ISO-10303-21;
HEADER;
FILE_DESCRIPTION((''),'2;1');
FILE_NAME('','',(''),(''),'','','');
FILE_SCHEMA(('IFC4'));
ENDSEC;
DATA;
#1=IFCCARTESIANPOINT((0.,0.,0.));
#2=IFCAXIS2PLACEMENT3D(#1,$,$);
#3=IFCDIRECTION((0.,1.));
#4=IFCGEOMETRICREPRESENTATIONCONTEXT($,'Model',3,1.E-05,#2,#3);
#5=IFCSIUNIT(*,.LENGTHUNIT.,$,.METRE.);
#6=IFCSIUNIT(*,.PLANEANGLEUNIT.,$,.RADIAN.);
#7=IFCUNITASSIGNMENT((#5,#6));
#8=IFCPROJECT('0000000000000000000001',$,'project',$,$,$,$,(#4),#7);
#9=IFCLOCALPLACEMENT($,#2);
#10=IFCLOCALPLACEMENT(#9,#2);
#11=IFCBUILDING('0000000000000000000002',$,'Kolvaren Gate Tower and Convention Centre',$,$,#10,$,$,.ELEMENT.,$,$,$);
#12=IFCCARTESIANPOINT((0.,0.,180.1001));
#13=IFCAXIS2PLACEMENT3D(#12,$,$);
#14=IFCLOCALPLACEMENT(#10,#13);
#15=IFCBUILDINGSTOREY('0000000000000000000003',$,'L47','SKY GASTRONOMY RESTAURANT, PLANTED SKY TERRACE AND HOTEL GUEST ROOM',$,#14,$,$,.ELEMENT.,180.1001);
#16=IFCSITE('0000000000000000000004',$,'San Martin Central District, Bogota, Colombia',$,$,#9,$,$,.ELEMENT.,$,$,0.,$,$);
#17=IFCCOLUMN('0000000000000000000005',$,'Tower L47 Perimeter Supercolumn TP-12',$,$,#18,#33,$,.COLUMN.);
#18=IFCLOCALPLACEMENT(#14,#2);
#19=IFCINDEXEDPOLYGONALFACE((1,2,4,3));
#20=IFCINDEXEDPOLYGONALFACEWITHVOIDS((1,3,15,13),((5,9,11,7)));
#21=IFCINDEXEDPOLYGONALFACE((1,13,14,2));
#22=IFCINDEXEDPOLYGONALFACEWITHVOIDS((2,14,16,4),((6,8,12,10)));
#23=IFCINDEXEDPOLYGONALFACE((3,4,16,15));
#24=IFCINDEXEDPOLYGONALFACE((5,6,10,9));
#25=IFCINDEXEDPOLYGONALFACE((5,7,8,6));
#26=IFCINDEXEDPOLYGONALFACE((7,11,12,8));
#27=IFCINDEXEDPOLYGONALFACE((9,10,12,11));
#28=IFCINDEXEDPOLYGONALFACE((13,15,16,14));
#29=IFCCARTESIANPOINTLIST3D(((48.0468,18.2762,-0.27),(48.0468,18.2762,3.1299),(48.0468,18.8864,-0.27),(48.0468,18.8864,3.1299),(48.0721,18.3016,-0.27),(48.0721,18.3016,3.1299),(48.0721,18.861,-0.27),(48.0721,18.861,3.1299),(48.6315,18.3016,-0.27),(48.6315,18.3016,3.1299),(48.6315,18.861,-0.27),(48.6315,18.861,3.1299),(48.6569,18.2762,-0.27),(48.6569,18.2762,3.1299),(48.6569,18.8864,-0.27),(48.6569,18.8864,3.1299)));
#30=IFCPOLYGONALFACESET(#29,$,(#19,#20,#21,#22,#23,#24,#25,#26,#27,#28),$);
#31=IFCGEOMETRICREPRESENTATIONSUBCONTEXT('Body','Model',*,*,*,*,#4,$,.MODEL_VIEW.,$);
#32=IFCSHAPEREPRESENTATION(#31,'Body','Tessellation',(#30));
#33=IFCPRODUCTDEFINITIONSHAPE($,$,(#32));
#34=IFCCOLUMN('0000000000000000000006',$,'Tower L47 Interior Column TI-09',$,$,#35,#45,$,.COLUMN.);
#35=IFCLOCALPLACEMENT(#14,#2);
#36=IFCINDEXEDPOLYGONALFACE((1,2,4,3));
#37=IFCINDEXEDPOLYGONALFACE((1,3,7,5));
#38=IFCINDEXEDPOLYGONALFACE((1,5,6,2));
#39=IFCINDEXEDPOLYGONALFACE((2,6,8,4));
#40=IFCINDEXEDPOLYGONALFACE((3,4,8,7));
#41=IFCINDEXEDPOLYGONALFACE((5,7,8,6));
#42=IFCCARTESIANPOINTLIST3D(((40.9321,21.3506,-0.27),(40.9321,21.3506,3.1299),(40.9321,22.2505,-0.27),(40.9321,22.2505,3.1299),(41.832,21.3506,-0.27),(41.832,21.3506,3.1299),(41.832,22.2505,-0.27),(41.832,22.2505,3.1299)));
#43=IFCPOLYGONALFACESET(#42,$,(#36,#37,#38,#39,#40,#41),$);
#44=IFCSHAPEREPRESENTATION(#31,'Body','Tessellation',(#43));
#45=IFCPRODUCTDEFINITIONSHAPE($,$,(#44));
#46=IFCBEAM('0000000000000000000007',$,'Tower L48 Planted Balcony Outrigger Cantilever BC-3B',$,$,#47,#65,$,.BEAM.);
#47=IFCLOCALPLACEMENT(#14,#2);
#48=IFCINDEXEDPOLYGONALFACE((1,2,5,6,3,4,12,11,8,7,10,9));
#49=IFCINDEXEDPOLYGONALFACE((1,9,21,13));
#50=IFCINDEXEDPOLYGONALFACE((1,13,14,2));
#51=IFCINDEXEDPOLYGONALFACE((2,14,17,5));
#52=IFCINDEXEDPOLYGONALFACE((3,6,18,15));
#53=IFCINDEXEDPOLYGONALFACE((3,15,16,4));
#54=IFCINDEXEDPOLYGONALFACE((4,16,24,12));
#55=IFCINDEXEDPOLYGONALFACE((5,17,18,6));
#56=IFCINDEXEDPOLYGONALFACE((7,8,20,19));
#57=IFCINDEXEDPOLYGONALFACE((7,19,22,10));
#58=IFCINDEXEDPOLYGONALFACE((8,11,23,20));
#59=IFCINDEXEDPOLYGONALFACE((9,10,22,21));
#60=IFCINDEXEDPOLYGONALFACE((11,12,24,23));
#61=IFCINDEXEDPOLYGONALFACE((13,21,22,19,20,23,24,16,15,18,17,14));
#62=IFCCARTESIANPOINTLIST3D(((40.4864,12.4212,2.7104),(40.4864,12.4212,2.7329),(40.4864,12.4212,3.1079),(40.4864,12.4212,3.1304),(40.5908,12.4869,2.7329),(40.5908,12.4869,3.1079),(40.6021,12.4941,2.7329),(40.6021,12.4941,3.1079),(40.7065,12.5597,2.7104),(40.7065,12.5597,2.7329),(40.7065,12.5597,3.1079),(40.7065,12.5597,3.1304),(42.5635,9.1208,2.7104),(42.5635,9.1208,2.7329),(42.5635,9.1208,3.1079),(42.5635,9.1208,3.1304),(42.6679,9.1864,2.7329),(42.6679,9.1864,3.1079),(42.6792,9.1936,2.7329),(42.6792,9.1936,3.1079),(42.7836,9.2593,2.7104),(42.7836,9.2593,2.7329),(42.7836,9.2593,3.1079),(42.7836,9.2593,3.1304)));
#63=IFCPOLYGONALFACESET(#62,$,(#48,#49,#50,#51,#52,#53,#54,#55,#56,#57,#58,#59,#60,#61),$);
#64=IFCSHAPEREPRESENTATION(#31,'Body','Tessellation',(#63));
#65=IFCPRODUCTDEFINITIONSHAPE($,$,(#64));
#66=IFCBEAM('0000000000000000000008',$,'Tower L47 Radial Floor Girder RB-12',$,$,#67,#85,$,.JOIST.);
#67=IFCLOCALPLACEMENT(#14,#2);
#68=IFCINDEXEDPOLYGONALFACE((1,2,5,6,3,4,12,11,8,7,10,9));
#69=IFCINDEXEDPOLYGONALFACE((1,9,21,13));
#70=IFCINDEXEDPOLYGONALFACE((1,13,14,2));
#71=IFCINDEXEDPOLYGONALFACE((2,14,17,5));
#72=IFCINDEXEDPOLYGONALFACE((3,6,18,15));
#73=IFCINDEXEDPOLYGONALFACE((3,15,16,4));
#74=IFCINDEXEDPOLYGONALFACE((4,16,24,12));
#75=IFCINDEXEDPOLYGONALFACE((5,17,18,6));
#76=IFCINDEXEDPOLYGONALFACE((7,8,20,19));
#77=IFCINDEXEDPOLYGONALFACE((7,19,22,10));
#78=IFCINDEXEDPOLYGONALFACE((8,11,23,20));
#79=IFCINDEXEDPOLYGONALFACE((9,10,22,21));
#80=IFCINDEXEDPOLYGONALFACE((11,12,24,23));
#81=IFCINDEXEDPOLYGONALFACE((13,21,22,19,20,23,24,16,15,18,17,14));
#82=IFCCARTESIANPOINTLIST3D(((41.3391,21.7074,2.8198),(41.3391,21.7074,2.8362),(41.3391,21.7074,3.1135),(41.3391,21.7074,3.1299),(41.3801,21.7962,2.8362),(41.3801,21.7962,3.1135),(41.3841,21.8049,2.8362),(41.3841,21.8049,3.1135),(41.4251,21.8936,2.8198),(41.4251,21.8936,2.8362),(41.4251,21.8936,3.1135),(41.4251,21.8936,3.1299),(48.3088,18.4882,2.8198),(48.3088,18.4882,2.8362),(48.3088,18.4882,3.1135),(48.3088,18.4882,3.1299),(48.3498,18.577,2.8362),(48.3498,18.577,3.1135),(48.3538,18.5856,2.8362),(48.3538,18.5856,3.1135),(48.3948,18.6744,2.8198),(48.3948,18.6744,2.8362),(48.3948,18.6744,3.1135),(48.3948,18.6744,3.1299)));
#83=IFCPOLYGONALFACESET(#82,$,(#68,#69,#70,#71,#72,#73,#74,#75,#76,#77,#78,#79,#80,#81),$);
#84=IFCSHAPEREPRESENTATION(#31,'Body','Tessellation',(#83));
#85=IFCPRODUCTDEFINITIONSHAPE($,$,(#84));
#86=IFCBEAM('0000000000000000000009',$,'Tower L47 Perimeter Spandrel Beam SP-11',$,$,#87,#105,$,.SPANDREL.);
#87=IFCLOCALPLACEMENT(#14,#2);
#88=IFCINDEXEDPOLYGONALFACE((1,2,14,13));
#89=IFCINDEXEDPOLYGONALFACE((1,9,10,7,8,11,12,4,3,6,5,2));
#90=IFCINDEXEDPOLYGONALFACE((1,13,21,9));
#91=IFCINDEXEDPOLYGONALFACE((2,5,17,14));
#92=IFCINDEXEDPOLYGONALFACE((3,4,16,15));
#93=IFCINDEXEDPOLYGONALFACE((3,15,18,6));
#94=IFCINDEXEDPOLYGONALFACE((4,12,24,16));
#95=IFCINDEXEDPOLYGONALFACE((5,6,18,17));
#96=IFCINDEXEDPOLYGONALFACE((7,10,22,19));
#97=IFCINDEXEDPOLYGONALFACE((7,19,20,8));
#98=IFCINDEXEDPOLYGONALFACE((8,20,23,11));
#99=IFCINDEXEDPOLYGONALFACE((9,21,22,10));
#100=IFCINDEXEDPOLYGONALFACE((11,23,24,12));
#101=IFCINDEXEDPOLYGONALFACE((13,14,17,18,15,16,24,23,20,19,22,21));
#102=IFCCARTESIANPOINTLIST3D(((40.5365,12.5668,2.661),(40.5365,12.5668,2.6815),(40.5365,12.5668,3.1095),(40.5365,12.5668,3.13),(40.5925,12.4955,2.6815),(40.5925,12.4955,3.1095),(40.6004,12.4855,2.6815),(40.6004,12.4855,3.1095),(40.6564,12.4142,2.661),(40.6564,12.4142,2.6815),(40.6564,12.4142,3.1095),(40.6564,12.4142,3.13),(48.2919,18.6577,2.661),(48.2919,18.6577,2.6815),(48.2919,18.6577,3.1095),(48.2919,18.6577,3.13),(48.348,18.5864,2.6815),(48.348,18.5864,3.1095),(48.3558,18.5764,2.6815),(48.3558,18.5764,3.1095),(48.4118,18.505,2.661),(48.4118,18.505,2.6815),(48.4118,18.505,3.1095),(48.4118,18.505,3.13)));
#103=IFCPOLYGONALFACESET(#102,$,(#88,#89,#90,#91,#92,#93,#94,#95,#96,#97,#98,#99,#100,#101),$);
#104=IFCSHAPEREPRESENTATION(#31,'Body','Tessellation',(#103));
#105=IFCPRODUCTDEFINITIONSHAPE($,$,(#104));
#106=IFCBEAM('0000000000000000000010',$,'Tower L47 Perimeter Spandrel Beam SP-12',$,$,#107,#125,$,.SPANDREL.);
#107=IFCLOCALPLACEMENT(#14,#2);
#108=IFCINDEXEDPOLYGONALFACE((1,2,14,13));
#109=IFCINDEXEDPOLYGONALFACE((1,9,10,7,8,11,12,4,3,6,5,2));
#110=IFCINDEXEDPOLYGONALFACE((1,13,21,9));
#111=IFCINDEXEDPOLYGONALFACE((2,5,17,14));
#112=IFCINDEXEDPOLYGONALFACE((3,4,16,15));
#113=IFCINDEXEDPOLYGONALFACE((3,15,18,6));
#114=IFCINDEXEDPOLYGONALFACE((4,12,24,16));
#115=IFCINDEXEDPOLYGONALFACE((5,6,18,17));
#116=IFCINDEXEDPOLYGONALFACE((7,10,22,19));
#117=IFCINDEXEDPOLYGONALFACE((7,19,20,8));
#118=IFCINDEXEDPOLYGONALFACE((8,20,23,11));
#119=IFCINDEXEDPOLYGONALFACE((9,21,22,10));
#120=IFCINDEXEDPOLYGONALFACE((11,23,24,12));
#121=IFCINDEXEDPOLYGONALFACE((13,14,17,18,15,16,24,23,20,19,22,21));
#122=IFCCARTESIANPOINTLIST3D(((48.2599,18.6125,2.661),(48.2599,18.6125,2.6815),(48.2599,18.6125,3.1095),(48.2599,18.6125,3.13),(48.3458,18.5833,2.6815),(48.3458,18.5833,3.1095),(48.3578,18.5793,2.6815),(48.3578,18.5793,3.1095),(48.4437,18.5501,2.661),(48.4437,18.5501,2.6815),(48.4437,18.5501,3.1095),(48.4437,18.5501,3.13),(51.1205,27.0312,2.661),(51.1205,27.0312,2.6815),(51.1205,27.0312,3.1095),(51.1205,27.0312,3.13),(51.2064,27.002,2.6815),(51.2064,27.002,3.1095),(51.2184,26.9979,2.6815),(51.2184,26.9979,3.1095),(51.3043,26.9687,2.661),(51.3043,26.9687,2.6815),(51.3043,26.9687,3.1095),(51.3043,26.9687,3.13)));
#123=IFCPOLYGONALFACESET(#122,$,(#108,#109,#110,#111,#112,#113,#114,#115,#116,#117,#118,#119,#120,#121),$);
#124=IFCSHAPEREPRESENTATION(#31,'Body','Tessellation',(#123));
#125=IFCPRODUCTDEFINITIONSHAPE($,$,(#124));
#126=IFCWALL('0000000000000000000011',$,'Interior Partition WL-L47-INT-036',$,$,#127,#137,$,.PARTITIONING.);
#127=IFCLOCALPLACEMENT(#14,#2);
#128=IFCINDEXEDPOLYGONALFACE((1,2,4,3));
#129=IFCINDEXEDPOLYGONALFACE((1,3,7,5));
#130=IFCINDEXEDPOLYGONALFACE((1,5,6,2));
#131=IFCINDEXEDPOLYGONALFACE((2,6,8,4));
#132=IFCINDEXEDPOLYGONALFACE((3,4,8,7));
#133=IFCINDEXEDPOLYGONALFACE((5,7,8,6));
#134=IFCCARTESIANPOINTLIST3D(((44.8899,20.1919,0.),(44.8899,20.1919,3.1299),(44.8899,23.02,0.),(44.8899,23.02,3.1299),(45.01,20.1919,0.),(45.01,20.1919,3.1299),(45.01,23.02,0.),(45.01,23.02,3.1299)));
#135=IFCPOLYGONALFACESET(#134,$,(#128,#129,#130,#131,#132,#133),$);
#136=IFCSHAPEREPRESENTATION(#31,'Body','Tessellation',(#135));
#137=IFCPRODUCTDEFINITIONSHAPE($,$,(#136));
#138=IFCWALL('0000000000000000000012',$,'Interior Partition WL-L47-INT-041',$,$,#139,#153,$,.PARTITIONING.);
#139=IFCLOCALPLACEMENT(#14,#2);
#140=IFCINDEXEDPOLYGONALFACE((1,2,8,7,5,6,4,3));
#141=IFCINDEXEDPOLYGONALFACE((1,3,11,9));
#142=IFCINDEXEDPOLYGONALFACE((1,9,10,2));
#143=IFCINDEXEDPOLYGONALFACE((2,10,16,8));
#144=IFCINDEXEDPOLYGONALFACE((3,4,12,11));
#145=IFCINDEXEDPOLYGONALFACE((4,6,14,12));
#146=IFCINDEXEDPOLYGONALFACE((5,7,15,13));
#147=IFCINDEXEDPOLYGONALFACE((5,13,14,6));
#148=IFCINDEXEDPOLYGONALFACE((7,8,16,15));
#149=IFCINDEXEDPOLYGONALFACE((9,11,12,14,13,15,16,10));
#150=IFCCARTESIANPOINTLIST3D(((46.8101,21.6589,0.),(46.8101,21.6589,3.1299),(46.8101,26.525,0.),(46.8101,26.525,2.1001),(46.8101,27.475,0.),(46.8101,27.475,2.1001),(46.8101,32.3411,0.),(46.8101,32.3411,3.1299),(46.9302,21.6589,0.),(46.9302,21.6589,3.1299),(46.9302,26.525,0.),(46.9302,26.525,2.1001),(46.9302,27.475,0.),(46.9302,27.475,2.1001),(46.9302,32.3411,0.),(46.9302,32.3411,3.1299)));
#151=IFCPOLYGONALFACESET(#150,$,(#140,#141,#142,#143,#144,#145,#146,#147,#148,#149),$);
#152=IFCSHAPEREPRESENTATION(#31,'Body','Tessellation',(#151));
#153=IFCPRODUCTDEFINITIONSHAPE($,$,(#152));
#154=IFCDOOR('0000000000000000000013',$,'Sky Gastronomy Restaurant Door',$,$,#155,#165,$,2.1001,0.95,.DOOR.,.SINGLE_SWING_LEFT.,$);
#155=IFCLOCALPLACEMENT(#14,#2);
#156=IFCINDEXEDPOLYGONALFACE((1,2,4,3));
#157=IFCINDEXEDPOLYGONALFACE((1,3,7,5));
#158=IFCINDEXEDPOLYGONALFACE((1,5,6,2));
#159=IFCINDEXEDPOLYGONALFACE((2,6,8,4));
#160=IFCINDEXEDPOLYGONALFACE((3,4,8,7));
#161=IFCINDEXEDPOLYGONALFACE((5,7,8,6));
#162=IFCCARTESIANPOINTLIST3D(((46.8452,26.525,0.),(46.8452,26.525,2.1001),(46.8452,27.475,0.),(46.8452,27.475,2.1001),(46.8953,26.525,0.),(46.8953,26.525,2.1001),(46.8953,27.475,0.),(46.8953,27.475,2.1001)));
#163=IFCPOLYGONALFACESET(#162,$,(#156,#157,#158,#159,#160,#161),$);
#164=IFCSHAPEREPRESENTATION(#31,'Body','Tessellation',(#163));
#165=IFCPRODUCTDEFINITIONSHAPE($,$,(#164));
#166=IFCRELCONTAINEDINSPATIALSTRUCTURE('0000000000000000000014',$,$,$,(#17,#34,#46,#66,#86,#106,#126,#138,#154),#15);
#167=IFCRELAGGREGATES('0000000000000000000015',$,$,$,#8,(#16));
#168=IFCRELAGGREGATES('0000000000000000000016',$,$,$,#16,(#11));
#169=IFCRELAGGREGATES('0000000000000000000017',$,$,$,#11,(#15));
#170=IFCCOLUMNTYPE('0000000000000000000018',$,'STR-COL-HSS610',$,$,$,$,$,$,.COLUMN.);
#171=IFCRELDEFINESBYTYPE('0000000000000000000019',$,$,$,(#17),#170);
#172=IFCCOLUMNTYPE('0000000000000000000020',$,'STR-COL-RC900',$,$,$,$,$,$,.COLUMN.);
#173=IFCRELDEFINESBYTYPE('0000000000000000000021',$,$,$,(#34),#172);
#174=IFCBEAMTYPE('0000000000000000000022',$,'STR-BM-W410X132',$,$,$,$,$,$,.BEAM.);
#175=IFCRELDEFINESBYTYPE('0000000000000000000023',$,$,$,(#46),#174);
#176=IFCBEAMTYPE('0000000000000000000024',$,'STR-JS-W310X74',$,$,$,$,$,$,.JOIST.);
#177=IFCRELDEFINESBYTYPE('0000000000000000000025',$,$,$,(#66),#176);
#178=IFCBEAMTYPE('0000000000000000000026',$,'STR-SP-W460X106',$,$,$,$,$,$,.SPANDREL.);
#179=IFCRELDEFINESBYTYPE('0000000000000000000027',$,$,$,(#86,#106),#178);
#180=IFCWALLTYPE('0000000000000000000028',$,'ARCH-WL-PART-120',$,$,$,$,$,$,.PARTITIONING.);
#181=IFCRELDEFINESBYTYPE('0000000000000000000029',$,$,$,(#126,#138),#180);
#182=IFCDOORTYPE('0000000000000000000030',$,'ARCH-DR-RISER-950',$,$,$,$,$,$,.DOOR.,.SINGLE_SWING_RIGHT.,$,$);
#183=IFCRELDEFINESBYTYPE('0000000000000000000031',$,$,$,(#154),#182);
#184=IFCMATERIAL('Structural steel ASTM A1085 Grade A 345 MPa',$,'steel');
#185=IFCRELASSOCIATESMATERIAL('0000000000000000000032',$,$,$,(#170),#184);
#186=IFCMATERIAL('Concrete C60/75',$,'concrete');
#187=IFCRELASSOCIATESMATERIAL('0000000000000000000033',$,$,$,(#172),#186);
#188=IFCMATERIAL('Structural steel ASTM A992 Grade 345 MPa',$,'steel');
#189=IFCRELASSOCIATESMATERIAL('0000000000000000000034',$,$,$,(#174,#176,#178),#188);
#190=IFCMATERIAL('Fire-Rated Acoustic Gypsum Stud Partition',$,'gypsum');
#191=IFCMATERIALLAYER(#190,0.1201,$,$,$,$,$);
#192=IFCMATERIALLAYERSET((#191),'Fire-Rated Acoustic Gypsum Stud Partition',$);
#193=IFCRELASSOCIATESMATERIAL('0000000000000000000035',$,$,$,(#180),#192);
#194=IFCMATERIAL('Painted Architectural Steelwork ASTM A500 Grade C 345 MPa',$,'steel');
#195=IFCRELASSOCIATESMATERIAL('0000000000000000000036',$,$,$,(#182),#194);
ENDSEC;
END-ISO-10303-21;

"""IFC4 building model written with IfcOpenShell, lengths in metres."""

from ifc_helpers import new_model, si_unit, direction, frame, frame_2d, origin, origin_2d, place, context, subcontext, project, spatial, rectangle, hollow_rectangle, i_section, extrude, material, layer, layer_set, material_profile, profile_set, type_object, element, fill, save


model = new_model("IFC4")

# Units and contexts
model_context = context("Model", 3, precision=1e-05, world=origin(), true_north=direction((0.0, 1.0)))
body_context = subcontext(model_context, "Body", "Model", "MODEL_VIEW")
ifc_project = project(units=[si_unit("LENGTHUNIT", "METRE"), si_unit("PLANEANGLEUNIT", "RADIAN")], contexts=[model_context])

# Site, building, storey
site_placement = place(None, origin())
site = spatial("IfcSite", under=ifc_project, at=site_placement, Name="San Martin Central District, Bogota, Colombia", CompositionType="ELEMENT", RefElevation=0.0)
building_placement = place(site_placement, origin())
building = spatial("IfcBuilding", under=site, at=building_placement, Name="Kolvaren Gate Tower and Convention Centre", CompositionType="ELEMENT")
storey_placement = place(building_placement, frame((0.0, 0.0, 180.1001)))
storey = spatial("IfcBuildingStorey", under=building, at=storey_placement, Name="L47", Description="SKY GASTRONOMY RESTAURANT, PLANTED SKY TERRACE AND HOTEL GUEST ROOM", CompositionType="ELEMENT", Elevation=180.1001)

# Columns
ifc_material_1 = material(Name="Structural steel ASTM A1085 Grade A 345 MPa", Category="steel")
ifc_material_profile_1 = material_profile(ifc_material_1, hollow_rectangle(XDim=0.6101, YDim=0.6101, WallThickness=0.0254, at=origin_2d()), Name="HSS610X610X25.4")
ifc_profile_set_1 = profile_set([ifc_material_profile_1], Name="Structural steel ASTM A1085 Grade A 345 MPa")
column_type_1 = type_object("IfcColumnType", Name="STR-COL-HSS610", PredefinedType="COLUMN", material=ifc_profile_set_1)
column_1_placement = place(storey_placement, frame((48.3518, 18.5813, -0.27), z_axis=(0.0, 0.0, 1.0), x_axis=(1.0, 0.0, 0.0)))
element("IfcColumn", 1, at=column_1_placement, inside=storey, type_object=column_type_1, Name="Tower L47 Perimeter Supercolumn TP-12", PredefinedType="COLUMN", context=body_context, shape_type="SweptSolid", body=[
    extrude(hollow_rectangle(XDim=0.6101, YDim=0.6101, WallThickness=0.0254, at=origin_2d()), origin(), (0.0, 0.0, 1.0), 3.3999),
])
ifc_material_2 = material(Name="Concrete C60/75", Category="concrete")
ifc_material_profile_2 = material_profile(ifc_material_2, rectangle(XDim=0.8999, YDim=0.8999, at=origin_2d()), Name="RC-COL-900X900")
ifc_profile_set_2 = profile_set([ifc_material_profile_2], Name="Concrete C60/75")
column_type_2 = type_object("IfcColumnType", Name="STR-COL-RC900", PredefinedType="COLUMN", material=ifc_profile_set_2)
column_2_placement = place(storey_placement, frame((41.3821, 21.8005, -0.27), z_axis=(0.0, 0.0, 1.0), x_axis=(1.0, 0.0, 0.0)))
element("IfcColumn", 2, at=column_2_placement, inside=storey, type_object=column_type_2, Name="Tower L47 Interior Column TI-09", PredefinedType="COLUMN", context=body_context, shape_type="SweptSolid", body=[
    extrude(rectangle(XDim=0.8999, YDim=0.8999, at=origin_2d()), origin(), (0.0, 0.0, 1.0), 3.3999),
])

# Beams
ifc_material_3 = material(Name="Structural steel ASTM A992 Grade 345 MPa", Category="steel")
ifc_material_profile_3 = material_profile(ifc_material_3, i_section(OverallWidth=0.26, OverallDepth=0.4199, WebThickness=0.0134, FlangeThickness=0.0225, at=origin_2d()), Name="W410X132")
ifc_profile_set_3 = profile_set([ifc_material_profile_3], Name="Structural steel ASTM A992 Grade 345 MPa")
beam_type_1 = type_object("IfcBeamType", Name="STR-BM-W410X132", PredefinedType="BEAM", material=ifc_profile_set_3)
beam_1_placement = place(storey_placement, frame((40.5964, 12.4905, 2.9204), z_axis=(0.532636, -0.846345, 0.0), x_axis=(0.846345, 0.532636, 0.0)))
element("IfcBeam", 3, at=beam_1_placement, inside=storey, type_object=beam_type_1, Name="Tower L48 Planted Balcony Outrigger Cantilever BC-3B", PredefinedType="BEAM", context=body_context, shape_type="SweptSolid", body=[
    extrude(i_section(OverallWidth=0.26, OverallDepth=0.4199, WebThickness=0.0134, FlangeThickness=0.0225, at=origin_2d()), origin(), (0.0, 0.0, 1.0), 3.8997),
])
ifc_material_profile_4 = material_profile(ifc_material_3, i_section(OverallWidth=0.2051, OverallDepth=0.3101, WebThickness=0.0095, FlangeThickness=0.0164, at=origin_2d()), Name="W310X74")
ifc_profile_set_4 = profile_set([ifc_material_profile_4], Name="Structural steel ASTM A992 Grade 345 MPa")
beam_type_2 = type_object("IfcBeamType", Name="STR-JS-W310X74", PredefinedType="JOIST", material=ifc_profile_set_4)
beam_2_placement = place(storey_placement, frame((41.3821, 21.8005, 2.9749), z_axis=(0.907838, -0.41932, 0.0), x_axis=(0.41932, 0.907838, 0.0)))
element("IfcBeam", 4, at=beam_2_placement, inside=storey, type_object=beam_type_2, Name="Tower L47 Radial Floor Girder RB-12", PredefinedType="JOIST", context=body_context, shape_type="SweptSolid", body=[
    extrude(i_section(OverallWidth=0.2051, OverallDepth=0.3101, WebThickness=0.0095, FlangeThickness=0.0164, at=origin_2d()), origin(), (0.0, 0.0, 1.0), 7.6772),
])
ifc_material_profile_5 = material_profile(ifc_material_3, i_section(OverallWidth=0.1941, OverallDepth=0.469, WebThickness=0.0127, FlangeThickness=0.0205, at=origin_2d()), Name="W460X106")
ifc_profile_set_5 = profile_set([ifc_material_profile_5], Name="Structural steel ASTM A992 Grade 345 MPa")
beam_type_3 = type_object("IfcBeamType", Name="STR-SP-W460X106", PredefinedType="SPANDREL", material=ifc_profile_set_5)
beam_3_placement = place(storey_placement, frame((40.5964, 12.4905, 2.8955), z_axis=(0.786451, 0.617653, 0.0), x_axis=(-0.617653, 0.786451, 0.0)))
element("IfcBeam", 5, at=beam_3_placement, inside=storey, type_object=beam_type_3, Name="Tower L47 Perimeter Spandrel Beam SP-11", PredefinedType="SPANDREL", context=body_context, shape_type="SweptSolid", body=[
    extrude(i_section(OverallWidth=0.1941, OverallDepth=0.469, WebThickness=0.0127, FlangeThickness=0.0205, at=origin_2d()), origin(), (0.0, 0.0, 1.0), 9.8613),
])
beam_4_placement = place(storey_placement, frame((48.3518, 18.5813, 2.8955), z_axis=(0.321725, 0.946833, 0.0), x_axis=(-0.946833, 0.321725, 0.0)))
element("IfcBeam", 6, at=beam_4_placement, inside=storey, type_object=beam_type_3, Name="Tower L47 Perimeter Spandrel Beam SP-12", PredefinedType="SPANDREL", context=body_context, shape_type="SweptSolid", body=[
    extrude(i_section(OverallWidth=0.1941, OverallDepth=0.469, WebThickness=0.0127, FlangeThickness=0.0205, at=origin_2d()), origin(), (0.0, 0.0, 1.0), 8.8914),
])

# Wall
ifc_material_4 = material(Name="Fire-Rated Acoustic Gypsum Stud Partition", Category="gypsum")
ifc_layer_1 = layer(ifc_material_4, 0.1201)
ifc_layer_set_1 = layer_set([ifc_layer_1], Name="Fire-Rated Acoustic Gypsum Stud Partition")
wall_type_1 = type_object("IfcWallType", Name="ARCH-WL-PART-120", PredefinedType="PARTITIONING", material=ifc_layer_set_1)
wall_1_placement = place(storey_placement, frame((44.95, 20.1919, 0.0), z_axis=(0.0, 0.0, 1.0), x_axis=(0.0, 1.0, 0.0)))
element("IfcWall", 7, at=wall_1_placement, inside=storey, type_object=wall_type_1, Name="Interior Partition WL-L47-INT-036", PredefinedType="PARTITIONING", context=body_context, shape_type="SweptSolid", body=[
    extrude(rectangle(XDim=2.8281, YDim=0.1201, at=frame_2d((1.4141, 0.0))), origin(), (0.0, 0.0, 1.0), 3.1299),
])

# Wall, opening, door
wall_2_placement = place(storey_placement, frame((46.8701, 21.6589, 0.0), z_axis=(0.0, 0.0, 1.0), x_axis=(0.0, 1.0, 0.0)))
wall_2 = element("IfcWall", 8, at=wall_2_placement, inside=storey, type_object=wall_type_1, Name="Interior Partition WL-L47-INT-041", PredefinedType="PARTITIONING", context=body_context, shape_type="SweptSolid", body=[
    extrude(rectangle(XDim=10.6821, YDim=0.1201, at=frame_2d((5.3411, 0.0))), origin(), (0.0, 0.0, 1.0), 3.1299),
])
opening_1_placement = place(wall_2_placement, frame((4.866, 0.0, 0.0)))
opening_1 = element("IfcOpeningElement", 9, at=opening_1_placement, cuts=wall_2, PredefinedType="OPENING", context=body_context, shape_type="SweptSolid", body=[
    extrude(rectangle(XDim=0.95, YDim=2.1001, at=frame_2d((0.4751, 1.05))), frame((0.0, 0.0701, 0.0), z_axis=(0.0, -1.0, 0.0), x_axis=(1.0, 0.0, 0.0)), (0.0, 0.0, 1.0), 0.1401),
])
ifc_material_5 = material(Name="Painted Architectural Steelwork ASTM A500 Grade C 345 MPa", Category="steel")
door_type = type_object("IfcDoorType", Name="ARCH-DR-RISER-950", OperationType="SINGLE_SWING_RIGHT", PredefinedType="DOOR", material=ifc_material_5)
door_placement = place(opening_1_placement, origin())
door = element("IfcDoor", 10, at=door_placement, inside=storey, type_object=door_type, Name="Sky Gastronomy Restaurant Door", OperationType="SINGLE_SWING_LEFT", OverallHeight=2.1001, OverallWidth=0.95, PredefinedType="DOOR", context=body_context, shape_type="SweptSolid", body=[
    extrude(rectangle(XDim=0.95, YDim=2.1001, at=frame_2d((0.4751, 1.05))), frame((0.0, 0.0249, 0.0), z_axis=(0.0, -1.0, 0.0), x_axis=(1.0, 0.0, 0.0)), (0.0, 0.0, 1.0), 0.05),
])
fill(opening_1, door)

save(model, "model.ifc")
